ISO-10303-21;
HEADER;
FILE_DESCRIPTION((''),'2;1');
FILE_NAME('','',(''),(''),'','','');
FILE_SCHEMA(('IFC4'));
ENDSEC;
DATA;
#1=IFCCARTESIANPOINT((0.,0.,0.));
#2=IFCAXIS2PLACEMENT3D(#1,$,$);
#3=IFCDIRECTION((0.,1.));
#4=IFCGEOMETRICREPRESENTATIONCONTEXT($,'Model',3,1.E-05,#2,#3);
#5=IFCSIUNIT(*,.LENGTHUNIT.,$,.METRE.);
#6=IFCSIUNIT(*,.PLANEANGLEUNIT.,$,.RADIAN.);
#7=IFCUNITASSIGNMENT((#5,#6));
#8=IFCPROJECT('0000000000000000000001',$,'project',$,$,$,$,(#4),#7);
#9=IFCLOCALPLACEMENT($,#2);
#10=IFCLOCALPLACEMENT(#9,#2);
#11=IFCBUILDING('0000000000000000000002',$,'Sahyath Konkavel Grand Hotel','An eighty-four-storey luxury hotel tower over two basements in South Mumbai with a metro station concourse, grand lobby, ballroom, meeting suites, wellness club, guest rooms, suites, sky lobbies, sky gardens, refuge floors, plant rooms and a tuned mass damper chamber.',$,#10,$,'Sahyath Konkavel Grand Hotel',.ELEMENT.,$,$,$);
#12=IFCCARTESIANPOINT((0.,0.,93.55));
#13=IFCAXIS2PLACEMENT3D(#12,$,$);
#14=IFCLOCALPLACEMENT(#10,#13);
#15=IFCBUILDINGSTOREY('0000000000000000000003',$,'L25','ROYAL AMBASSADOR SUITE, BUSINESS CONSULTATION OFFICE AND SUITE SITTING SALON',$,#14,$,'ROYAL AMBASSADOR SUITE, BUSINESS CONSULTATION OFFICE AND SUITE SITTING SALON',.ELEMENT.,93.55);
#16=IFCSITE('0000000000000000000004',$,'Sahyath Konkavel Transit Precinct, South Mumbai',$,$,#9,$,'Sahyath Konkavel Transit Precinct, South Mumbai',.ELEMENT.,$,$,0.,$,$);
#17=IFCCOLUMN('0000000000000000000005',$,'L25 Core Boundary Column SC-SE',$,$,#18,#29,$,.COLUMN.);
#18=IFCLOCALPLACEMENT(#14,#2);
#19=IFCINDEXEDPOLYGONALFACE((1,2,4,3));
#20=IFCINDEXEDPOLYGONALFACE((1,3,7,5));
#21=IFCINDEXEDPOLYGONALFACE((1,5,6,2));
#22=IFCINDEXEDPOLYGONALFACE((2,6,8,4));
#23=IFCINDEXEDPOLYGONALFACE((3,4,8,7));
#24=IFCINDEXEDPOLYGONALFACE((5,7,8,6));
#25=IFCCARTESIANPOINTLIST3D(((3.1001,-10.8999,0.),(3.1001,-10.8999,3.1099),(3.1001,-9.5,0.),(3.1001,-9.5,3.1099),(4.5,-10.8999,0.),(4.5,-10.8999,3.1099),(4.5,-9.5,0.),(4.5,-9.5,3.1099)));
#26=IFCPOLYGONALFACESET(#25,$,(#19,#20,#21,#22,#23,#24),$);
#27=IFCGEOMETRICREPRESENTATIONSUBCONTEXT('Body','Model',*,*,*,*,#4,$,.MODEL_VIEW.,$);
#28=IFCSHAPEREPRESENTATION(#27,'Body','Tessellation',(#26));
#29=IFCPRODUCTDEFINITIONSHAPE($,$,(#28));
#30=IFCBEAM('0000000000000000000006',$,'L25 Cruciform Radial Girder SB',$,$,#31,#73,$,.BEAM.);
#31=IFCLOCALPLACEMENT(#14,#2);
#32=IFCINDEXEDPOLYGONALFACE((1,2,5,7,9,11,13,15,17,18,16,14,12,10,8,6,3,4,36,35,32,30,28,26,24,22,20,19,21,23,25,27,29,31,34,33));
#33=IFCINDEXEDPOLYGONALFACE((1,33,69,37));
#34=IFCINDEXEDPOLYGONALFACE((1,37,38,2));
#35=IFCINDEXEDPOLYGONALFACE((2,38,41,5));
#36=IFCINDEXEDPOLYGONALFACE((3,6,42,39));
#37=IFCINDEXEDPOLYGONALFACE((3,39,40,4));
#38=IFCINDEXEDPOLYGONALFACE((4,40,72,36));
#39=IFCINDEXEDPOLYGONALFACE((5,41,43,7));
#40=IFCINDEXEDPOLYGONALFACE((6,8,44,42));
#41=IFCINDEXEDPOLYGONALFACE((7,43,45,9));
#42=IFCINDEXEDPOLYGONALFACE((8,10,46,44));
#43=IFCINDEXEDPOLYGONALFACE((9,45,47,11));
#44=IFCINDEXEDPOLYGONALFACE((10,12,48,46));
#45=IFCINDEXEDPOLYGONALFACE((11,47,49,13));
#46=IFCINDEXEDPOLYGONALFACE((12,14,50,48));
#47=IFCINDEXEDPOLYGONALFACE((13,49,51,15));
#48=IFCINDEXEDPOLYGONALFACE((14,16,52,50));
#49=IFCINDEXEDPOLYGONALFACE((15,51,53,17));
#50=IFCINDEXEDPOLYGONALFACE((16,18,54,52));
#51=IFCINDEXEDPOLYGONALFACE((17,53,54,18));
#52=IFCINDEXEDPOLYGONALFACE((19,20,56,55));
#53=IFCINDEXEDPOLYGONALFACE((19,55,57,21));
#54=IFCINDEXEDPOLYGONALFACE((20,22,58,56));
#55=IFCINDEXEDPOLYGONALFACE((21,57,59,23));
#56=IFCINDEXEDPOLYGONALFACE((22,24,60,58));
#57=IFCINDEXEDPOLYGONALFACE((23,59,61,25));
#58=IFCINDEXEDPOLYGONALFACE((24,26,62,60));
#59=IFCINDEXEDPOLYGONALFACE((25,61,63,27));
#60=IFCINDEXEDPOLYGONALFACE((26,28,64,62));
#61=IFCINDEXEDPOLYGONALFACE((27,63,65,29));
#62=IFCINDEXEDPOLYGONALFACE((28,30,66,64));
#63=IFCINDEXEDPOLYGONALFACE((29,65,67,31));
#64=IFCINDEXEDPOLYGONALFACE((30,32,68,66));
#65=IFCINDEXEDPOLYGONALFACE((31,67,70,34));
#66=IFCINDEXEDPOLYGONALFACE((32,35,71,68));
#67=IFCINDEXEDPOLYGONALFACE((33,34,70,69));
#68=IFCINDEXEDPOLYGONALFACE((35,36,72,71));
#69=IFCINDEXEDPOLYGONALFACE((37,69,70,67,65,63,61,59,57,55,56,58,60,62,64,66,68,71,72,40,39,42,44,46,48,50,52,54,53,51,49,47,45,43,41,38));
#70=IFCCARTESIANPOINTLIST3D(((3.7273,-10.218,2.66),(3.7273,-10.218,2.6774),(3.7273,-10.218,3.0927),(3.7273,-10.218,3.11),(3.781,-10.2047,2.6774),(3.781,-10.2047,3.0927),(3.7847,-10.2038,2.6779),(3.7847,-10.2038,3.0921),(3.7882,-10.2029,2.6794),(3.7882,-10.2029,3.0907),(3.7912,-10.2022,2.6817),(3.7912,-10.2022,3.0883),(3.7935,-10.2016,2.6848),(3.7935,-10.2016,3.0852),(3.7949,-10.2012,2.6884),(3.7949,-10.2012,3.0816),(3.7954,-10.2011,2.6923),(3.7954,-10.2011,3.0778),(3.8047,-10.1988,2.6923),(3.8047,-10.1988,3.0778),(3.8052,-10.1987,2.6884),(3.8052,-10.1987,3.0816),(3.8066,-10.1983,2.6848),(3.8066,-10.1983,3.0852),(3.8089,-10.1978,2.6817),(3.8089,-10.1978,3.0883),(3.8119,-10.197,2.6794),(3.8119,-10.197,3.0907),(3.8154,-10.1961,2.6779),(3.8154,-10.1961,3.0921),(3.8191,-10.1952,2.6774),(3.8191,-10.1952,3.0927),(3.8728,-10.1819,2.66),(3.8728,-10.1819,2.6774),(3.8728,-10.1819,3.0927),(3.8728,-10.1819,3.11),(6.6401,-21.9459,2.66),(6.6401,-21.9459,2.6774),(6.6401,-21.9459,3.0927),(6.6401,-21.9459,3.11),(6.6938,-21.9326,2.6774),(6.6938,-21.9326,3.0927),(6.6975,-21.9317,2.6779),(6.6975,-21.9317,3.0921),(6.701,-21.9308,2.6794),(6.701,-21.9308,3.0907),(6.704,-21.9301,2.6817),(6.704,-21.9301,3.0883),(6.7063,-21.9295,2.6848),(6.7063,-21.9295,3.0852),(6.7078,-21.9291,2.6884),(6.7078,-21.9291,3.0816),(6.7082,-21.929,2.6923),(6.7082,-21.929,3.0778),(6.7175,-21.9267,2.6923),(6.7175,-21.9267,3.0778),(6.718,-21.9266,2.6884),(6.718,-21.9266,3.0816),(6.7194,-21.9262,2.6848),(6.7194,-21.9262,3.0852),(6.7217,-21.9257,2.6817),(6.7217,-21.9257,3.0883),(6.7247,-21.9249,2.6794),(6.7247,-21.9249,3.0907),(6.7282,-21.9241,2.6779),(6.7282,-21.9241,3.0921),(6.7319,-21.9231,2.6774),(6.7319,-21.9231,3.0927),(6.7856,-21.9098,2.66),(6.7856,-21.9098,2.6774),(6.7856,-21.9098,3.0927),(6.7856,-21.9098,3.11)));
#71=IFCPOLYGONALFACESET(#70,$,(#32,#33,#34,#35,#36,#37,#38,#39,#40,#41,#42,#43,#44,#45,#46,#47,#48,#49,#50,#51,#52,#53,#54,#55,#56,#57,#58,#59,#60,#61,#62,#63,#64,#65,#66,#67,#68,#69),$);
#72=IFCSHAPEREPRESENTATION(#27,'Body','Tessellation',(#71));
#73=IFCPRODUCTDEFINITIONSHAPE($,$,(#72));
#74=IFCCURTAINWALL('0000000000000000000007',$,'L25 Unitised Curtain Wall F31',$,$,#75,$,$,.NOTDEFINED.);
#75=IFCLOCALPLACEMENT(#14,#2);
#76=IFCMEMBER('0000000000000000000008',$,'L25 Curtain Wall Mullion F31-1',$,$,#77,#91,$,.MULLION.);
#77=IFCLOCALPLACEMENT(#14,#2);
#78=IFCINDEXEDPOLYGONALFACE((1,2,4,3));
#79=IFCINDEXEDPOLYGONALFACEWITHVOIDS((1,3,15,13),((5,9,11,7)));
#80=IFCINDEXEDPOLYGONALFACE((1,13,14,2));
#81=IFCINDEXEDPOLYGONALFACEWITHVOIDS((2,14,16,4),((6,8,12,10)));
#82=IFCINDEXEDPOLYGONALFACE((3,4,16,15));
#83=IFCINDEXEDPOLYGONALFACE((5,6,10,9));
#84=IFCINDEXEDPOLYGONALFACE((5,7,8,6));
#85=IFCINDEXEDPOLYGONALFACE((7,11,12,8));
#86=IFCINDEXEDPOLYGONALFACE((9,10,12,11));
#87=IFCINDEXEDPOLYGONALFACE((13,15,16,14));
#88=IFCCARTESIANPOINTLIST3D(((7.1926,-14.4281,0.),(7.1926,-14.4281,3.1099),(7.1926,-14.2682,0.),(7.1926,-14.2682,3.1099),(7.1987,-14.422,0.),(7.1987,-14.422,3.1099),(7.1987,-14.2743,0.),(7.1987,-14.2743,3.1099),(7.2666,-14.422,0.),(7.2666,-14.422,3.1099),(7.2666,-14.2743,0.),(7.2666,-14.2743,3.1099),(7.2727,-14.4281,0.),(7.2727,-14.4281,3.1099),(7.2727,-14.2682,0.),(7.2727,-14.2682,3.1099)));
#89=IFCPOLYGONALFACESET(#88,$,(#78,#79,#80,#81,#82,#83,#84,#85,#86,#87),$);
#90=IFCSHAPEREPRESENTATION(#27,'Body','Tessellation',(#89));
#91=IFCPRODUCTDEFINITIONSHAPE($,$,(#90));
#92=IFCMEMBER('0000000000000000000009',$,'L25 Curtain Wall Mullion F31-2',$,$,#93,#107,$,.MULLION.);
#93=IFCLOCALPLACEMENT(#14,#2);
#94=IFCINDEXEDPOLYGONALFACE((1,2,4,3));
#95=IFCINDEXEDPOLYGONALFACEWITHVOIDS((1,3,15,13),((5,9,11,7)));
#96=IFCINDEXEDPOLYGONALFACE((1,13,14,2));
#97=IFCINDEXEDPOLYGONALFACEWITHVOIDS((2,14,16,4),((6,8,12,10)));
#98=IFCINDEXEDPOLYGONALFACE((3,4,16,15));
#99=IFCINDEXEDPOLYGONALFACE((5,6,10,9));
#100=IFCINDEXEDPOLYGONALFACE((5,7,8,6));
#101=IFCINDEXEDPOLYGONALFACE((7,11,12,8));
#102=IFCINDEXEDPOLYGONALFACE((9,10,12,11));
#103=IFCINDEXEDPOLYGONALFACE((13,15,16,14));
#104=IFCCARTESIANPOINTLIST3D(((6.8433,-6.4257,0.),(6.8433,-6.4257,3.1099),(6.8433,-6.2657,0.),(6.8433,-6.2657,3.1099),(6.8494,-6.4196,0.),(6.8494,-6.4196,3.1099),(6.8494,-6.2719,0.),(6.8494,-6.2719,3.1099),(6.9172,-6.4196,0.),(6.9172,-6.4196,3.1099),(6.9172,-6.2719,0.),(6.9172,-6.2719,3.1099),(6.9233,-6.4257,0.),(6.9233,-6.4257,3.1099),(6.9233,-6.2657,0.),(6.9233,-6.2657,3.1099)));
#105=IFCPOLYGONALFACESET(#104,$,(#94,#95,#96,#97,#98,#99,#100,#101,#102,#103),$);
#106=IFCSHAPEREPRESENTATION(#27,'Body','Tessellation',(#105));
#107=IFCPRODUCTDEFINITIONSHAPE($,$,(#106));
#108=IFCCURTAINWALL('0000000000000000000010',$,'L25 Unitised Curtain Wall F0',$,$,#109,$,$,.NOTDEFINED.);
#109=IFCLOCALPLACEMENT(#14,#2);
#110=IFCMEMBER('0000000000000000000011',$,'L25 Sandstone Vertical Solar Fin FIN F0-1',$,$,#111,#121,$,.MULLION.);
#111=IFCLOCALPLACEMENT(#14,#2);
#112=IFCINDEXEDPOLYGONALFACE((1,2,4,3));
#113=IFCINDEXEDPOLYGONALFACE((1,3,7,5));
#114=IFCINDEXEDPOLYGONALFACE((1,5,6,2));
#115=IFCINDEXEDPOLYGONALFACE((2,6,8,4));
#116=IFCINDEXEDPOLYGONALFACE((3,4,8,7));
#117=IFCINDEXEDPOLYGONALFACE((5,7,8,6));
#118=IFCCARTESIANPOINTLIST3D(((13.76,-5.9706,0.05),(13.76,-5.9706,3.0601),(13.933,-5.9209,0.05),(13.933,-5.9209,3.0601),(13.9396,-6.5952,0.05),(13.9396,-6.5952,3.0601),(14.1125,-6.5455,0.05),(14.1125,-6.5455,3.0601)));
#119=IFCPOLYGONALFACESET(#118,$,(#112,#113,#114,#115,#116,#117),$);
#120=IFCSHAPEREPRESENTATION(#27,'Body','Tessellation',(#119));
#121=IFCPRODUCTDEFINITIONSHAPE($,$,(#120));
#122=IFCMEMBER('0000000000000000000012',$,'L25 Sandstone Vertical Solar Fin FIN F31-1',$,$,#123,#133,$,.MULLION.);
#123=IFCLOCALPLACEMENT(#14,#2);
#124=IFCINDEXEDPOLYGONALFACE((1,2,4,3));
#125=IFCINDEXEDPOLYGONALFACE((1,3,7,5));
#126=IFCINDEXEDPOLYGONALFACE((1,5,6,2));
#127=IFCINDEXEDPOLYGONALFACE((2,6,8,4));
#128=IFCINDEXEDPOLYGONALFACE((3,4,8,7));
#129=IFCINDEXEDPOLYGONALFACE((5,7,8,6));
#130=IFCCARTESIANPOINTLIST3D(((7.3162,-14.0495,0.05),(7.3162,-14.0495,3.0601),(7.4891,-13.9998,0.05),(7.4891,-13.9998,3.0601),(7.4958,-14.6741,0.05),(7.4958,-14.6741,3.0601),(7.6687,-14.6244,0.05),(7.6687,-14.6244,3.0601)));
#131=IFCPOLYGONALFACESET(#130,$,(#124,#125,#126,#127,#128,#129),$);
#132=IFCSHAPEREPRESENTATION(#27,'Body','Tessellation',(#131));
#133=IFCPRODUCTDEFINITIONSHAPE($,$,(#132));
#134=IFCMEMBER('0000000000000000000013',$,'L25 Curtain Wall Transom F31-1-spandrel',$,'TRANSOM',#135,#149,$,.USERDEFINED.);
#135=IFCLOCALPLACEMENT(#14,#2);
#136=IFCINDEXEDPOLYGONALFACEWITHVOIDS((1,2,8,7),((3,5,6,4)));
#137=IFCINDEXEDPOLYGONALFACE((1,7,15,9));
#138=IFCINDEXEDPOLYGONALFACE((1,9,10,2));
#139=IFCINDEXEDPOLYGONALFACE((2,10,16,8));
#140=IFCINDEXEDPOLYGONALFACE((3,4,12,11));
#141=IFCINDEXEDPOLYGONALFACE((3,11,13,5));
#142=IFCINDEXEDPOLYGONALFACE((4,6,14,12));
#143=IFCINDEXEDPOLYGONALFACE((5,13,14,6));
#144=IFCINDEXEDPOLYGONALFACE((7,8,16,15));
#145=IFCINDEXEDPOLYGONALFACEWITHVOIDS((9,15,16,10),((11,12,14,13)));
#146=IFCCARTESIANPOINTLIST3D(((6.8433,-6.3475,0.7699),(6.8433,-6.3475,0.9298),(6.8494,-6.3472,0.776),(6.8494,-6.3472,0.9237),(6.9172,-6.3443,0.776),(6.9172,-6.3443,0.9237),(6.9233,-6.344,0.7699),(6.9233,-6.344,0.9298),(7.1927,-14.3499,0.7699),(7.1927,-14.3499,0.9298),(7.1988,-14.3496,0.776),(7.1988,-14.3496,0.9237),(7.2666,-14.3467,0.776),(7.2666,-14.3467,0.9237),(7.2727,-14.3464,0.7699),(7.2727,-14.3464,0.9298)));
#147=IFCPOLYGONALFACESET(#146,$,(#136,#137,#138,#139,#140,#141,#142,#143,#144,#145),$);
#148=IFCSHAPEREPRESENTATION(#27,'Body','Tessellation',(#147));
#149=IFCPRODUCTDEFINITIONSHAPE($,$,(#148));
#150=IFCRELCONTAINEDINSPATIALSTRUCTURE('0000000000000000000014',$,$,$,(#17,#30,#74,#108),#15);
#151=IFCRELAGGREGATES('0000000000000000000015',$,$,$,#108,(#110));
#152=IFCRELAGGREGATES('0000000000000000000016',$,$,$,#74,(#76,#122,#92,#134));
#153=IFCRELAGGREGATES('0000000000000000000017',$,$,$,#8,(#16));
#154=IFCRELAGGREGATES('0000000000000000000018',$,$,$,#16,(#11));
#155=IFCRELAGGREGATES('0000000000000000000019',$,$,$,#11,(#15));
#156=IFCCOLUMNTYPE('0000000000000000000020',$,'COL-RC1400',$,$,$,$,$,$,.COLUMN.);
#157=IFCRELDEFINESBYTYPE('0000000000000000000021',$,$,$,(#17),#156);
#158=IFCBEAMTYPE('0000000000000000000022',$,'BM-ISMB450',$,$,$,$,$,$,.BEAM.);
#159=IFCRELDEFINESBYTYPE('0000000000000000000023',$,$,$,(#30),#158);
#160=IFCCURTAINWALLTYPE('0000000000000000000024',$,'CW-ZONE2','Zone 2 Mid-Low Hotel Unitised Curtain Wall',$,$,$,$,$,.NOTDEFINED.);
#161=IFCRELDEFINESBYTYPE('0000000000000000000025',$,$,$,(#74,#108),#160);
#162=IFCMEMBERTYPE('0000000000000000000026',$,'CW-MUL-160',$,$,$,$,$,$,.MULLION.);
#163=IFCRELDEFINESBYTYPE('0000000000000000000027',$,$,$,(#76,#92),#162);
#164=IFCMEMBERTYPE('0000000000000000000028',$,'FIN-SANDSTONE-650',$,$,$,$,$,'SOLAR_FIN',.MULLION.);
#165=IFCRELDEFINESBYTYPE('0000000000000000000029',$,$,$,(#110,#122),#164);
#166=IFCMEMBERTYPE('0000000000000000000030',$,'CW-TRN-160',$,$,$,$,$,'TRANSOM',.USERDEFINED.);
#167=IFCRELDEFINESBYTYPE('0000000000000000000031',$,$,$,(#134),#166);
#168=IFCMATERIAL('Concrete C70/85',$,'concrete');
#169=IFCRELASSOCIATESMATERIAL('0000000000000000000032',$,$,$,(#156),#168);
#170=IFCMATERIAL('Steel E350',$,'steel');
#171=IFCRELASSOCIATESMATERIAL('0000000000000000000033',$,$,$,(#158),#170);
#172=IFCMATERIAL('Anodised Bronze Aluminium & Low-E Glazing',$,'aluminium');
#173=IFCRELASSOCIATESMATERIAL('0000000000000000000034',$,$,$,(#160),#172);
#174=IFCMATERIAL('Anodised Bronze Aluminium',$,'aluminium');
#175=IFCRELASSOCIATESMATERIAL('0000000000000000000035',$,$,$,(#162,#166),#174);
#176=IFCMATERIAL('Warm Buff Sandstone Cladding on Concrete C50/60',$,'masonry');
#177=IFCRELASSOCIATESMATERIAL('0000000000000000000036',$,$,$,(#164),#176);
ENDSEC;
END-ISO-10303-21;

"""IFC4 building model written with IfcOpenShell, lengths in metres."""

from ifc_helpers import new_model, si_unit, direction, frame, origin, origin_2d, place, context, subcontext, project, spatial, rectangle, hollow_rectangle, i_section, extrude, source, transform, mapped, material, material_profile, profile_set, type_object, element, aggregate, save


model = new_model("IFC4")

# Units and contexts
model_context = context("Model", 3, precision=1e-05, world=origin(), true_north=direction((0.0, 1.0)))
body_context = subcontext(model_context, "Body", "Model", "MODEL_VIEW")
ifc_project = project(units=[si_unit("LENGTHUNIT", "METRE"), si_unit("PLANEANGLEUNIT", "RADIAN")], contexts=[model_context])

# Site, building, storey
site_placement = place(None, origin())
site = spatial("IfcSite", under=ifc_project, at=site_placement, Name="Sahyath Konkavel Transit Precinct, South Mumbai", LongName="Sahyath Konkavel Transit Precinct, South Mumbai", CompositionType="ELEMENT", RefElevation=0.0)
building_placement = place(site_placement, origin())
building = spatial("IfcBuilding", under=site, at=building_placement, Name="Sahyath Konkavel Grand Hotel", Description="An eighty-four-storey luxury hotel tower over two basements in South Mumbai with a metro station concourse, grand lobby, ballroom, meeting suites, wellness club, guest rooms, suites, sky lobbies, sky gardens, refuge floors, plant rooms and a tuned mass damper chamber.", LongName="Sahyath Konkavel Grand Hotel", CompositionType="ELEMENT")
storey_placement = place(building_placement, frame((0.0, 0.0, 93.55)))
storey = spatial("IfcBuildingStorey", under=building, at=storey_placement, Name="L25", Description="ROYAL AMBASSADOR SUITE, BUSINESS CONSULTATION OFFICE AND SUITE SITTING SALON", LongName="ROYAL AMBASSADOR SUITE, BUSINESS CONSULTATION OFFICE AND SUITE SITTING SALON", CompositionType="ELEMENT", Elevation=93.55)

# Column
ifc_material_1 = material(Name="Concrete C70/85", Category="concrete")
ifc_material_profile_1 = material_profile(ifc_material_1, rectangle(XDim=1.3999, YDim=1.3999, at=origin_2d()), Name="RC 1400x1400")
ifc_profile_set_1 = profile_set([ifc_material_profile_1], Name="Concrete C70/85")
column_type = type_object("IfcColumnType", Name="COL-RC1400", PredefinedType="COLUMN", material=ifc_profile_set_1)
shared_shape_1 = source(origin(), body_context, "Body", "SweptSolid", [
    extrude(rectangle(XDim=1.3999, YDim=1.3999, at=origin_2d()), origin(), (0.0, 0.0, 1.0), 3.1099),
])
column_placement = place(storey_placement, frame((3.8, -10.2, 0.0), z_axis=(0.0, 0.0, 1.0), x_axis=(1.0, 0.0, 0.0)))
element("IfcColumn", 1, at=column_placement, inside=storey, type_object=column_type, Name="L25 Core Boundary Column SC-SE", PredefinedType="COLUMN", context=body_context, shape_type="MappedRepresentation", body=[
    mapped(shared_shape_1, transform((0.0, 0.0, 0.0), scale=1.0)),
])

# Beam
ifc_material_2 = material(Name="Steel E350", Category="steel")
ifc_material_profile_2 = material_profile(ifc_material_2, i_section(OverallWidth=0.1499, OverallDepth=0.45, WebThickness=0.0095, FlangeThickness=0.0173, FilletRadius=0.0149, at=origin_2d()), Name="ISMB 450")
ifc_profile_set_2 = profile_set([ifc_material_profile_2], Name="Steel E350")
beam_type_1 = type_object("IfcBeamType", Name="BM-ISMB450", PredefinedType="BEAM", material=ifc_profile_set_2)
shared_shape_2 = source(origin(), body_context, "Body", "SweptSolid", [
    extrude(i_section(OverallWidth=0.1499, OverallDepth=0.45, WebThickness=0.0095, FlangeThickness=0.0173, FilletRadius=0.0149, at=origin_2d()), origin(), (0.0, 0.0, 1.0), 12.0842),
])
beam_1_placement = place(storey_placement, frame((3.8, -10.2, 2.885), z_axis=(0.241043, -0.970515, 0.0), x_axis=(0.970515, 0.241043, 0.0)))
element("IfcBeam", 2, at=beam_1_placement, inside=storey, type_object=beam_type_1, Name="L25 Cruciform Radial Girder SB", PredefinedType="BEAM", context=body_context, shape_type="MappedRepresentation", body=[
    mapped(shared_shape_2, transform((0.0, 0.0, 0.0), scale=1.0)),
])

# Curtain wall, members
ifc_material_3 = material(Name="Anodised Bronze Aluminium & Low-E Glazing", Category="aluminium")
curtain_wall_type = type_object("IfcCurtainWallType", Name="CW-ZONE2", Description="Zone 2 Mid-Low Hotel Unitised Curtain Wall", PredefinedType="NOTDEFINED", material=ifc_material_3)
curtain_wall_1_placement = place(storey_placement, origin())
curtain_wall_1 = element("IfcCurtainWall", 3, at=curtain_wall_1_placement, inside=storey, type_object=curtain_wall_type, Name="L25 Unitised Curtain Wall F31", PredefinedType="NOTDEFINED")
ifc_material_4 = material(Name="Anodised Bronze Aluminium", Category="aluminium")
ifc_material_profile_3 = material_profile(ifc_material_4, hollow_rectangle(XDim=0.0801, YDim=0.1599, WallThickness=0.0061, at=origin_2d()), Name="RHS 160x80x6")
ifc_profile_set_3 = profile_set([ifc_material_profile_3], Name="Anodised Bronze Aluminium")
member_type_1 = type_object("IfcMemberType", Name="CW-MUL-160", PredefinedType="MULLION", material=ifc_profile_set_3)
shared_shape_3 = source(origin(), body_context, "Body", "SweptSolid", [
    extrude(hollow_rectangle(XDim=0.0801, YDim=0.1599, WallThickness=0.0061, at=origin_2d()), origin(), (0.0, 0.0, 1.0), 3.1099),
])
member_1_placement = place(storey_placement, frame((7.2327, -14.3481, 0.0), z_axis=(0.0, 0.0, 1.0), x_axis=(1.0, 0.0, 0.0)))
member_1 = element("IfcMember", 4, at=member_1_placement, type_object=member_type_1, Name="L25 Curtain Wall Mullion F31-1", PredefinedType="MULLION", context=body_context, shape_type="MappedRepresentation", body=[
    mapped(shared_shape_3, transform((0.0, 0.0, 0.0), scale=1.0)),
])
member_2_placement = place(storey_placement, frame((6.8833, -6.3457, 0.0), z_axis=(0.0, 0.0, 1.0), x_axis=(1.0, 0.0, 0.0)))
member_2 = element("IfcMember", 5, at=member_2_placement, type_object=member_type_1, Name="L25 Curtain Wall Mullion F31-2", PredefinedType="MULLION", context=body_context, shape_type="MappedRepresentation", body=[
    mapped(shared_shape_3, transform((0.0, 0.0, 0.0), scale=1.0)),
])

# Curtain wall, member
curtain_wall_2_placement = place(storey_placement, origin())
curtain_wall_2 = element("IfcCurtainWall", 6, at=curtain_wall_2_placement, inside=storey, type_object=curtain_wall_type, Name="L25 Unitised Curtain Wall F0", PredefinedType="NOTDEFINED")
ifc_material_5 = material(Name="Warm Buff Sandstone Cladding on Concrete C50/60", Category="masonry")
ifc_material_profile_4 = material_profile(ifc_material_5, rectangle(XDim=0.1799, YDim=0.6499, at=origin_2d()), Name="FIN 180x650")
ifc_profile_set_4 = profile_set([ifc_material_profile_4], Name="Warm Buff Sandstone Cladding on Concrete C50/60")
member_type_2 = type_object("IfcMemberType", Name="FIN-SANDSTONE-650", ElementType="SOLAR_FIN", PredefinedType="MULLION", material=ifc_profile_set_4)
shared_shape_4 = source(origin(), body_context, "Body", "SweptSolid", [
    extrude(rectangle(XDim=0.1799, YDim=0.6499, at=origin_2d()), origin(), (0.0, 0.0, 1.0), 3.01),
])
member_3_placement = place(storey_placement, frame((13.9363, -6.2581, 0.05), z_axis=(0.0, 0.0, 1.0), x_axis=(0.961069, 0.276308, 0.0)))
member_3 = element("IfcMember", 7, at=member_3_placement, type_object=member_type_2, Name="L25 Sandstone Vertical Solar Fin FIN F0-1", PredefinedType="MULLION", context=body_context, shape_type="MappedRepresentation", body=[
    mapped(shared_shape_4, transform((0.0, 0.0, 0.0), scale=1.0)),
])
aggregate(curtain_wall_2, [member_3])

# Members
member_4_placement = place(storey_placement, frame((7.4924, -14.3369, 0.05), z_axis=(0.0, 0.0, 1.0), x_axis=(0.961069, 0.276308, 0.0)))
member_4 = element("IfcMember", 8, at=member_4_placement, type_object=member_type_2, Name="L25 Sandstone Vertical Solar Fin FIN F31-1", PredefinedType="MULLION", context=body_context, shape_type="MappedRepresentation", body=[
    mapped(shared_shape_4, transform((0.0, 0.0, 0.0), scale=1.0)),
])
ifc_material_profile_5 = material_profile(ifc_material_4, hollow_rectangle(XDim=0.0801, YDim=0.1599, WallThickness=0.0061, at=origin_2d()), Name="RHS 160x80x6")
ifc_profile_set_5 = profile_set([ifc_material_profile_5], Name="Anodised Bronze Aluminium")
member_type_3 = type_object("IfcMemberType", Name="CW-TRN-160", ElementType="TRANSOM", PredefinedType="USERDEFINED", material=ifc_profile_set_5)
shared_shape_5 = source(origin(), body_context, "Body", "SweptSolid", [
    extrude(hollow_rectangle(XDim=0.0801, YDim=0.1599, WallThickness=0.0061, at=origin_2d()), origin(), (0.0, 0.0, 1.0), 8.01),
])
member_5_placement = place(storey_placement, frame((7.2327, -14.3481, 0.8499), z_axis=(-0.043616, 0.999048, 0.0), x_axis=(-0.999048, -0.043616, 0.0)))
member_5 = element("IfcMember", 9, at=member_5_placement, type_object=member_type_3, Name="L25 Curtain Wall Transom F31-1-spandrel", ObjectType="TRANSOM", PredefinedType="USERDEFINED", context=body_context, shape_type="MappedRepresentation", body=[
    mapped(shared_shape_5, transform((0.0, 0.0, 0.0), scale=1.0)),
])

aggregate(curtain_wall_1, [member_1, member_4, member_2, member_5])

save(model, "model.ifc")
